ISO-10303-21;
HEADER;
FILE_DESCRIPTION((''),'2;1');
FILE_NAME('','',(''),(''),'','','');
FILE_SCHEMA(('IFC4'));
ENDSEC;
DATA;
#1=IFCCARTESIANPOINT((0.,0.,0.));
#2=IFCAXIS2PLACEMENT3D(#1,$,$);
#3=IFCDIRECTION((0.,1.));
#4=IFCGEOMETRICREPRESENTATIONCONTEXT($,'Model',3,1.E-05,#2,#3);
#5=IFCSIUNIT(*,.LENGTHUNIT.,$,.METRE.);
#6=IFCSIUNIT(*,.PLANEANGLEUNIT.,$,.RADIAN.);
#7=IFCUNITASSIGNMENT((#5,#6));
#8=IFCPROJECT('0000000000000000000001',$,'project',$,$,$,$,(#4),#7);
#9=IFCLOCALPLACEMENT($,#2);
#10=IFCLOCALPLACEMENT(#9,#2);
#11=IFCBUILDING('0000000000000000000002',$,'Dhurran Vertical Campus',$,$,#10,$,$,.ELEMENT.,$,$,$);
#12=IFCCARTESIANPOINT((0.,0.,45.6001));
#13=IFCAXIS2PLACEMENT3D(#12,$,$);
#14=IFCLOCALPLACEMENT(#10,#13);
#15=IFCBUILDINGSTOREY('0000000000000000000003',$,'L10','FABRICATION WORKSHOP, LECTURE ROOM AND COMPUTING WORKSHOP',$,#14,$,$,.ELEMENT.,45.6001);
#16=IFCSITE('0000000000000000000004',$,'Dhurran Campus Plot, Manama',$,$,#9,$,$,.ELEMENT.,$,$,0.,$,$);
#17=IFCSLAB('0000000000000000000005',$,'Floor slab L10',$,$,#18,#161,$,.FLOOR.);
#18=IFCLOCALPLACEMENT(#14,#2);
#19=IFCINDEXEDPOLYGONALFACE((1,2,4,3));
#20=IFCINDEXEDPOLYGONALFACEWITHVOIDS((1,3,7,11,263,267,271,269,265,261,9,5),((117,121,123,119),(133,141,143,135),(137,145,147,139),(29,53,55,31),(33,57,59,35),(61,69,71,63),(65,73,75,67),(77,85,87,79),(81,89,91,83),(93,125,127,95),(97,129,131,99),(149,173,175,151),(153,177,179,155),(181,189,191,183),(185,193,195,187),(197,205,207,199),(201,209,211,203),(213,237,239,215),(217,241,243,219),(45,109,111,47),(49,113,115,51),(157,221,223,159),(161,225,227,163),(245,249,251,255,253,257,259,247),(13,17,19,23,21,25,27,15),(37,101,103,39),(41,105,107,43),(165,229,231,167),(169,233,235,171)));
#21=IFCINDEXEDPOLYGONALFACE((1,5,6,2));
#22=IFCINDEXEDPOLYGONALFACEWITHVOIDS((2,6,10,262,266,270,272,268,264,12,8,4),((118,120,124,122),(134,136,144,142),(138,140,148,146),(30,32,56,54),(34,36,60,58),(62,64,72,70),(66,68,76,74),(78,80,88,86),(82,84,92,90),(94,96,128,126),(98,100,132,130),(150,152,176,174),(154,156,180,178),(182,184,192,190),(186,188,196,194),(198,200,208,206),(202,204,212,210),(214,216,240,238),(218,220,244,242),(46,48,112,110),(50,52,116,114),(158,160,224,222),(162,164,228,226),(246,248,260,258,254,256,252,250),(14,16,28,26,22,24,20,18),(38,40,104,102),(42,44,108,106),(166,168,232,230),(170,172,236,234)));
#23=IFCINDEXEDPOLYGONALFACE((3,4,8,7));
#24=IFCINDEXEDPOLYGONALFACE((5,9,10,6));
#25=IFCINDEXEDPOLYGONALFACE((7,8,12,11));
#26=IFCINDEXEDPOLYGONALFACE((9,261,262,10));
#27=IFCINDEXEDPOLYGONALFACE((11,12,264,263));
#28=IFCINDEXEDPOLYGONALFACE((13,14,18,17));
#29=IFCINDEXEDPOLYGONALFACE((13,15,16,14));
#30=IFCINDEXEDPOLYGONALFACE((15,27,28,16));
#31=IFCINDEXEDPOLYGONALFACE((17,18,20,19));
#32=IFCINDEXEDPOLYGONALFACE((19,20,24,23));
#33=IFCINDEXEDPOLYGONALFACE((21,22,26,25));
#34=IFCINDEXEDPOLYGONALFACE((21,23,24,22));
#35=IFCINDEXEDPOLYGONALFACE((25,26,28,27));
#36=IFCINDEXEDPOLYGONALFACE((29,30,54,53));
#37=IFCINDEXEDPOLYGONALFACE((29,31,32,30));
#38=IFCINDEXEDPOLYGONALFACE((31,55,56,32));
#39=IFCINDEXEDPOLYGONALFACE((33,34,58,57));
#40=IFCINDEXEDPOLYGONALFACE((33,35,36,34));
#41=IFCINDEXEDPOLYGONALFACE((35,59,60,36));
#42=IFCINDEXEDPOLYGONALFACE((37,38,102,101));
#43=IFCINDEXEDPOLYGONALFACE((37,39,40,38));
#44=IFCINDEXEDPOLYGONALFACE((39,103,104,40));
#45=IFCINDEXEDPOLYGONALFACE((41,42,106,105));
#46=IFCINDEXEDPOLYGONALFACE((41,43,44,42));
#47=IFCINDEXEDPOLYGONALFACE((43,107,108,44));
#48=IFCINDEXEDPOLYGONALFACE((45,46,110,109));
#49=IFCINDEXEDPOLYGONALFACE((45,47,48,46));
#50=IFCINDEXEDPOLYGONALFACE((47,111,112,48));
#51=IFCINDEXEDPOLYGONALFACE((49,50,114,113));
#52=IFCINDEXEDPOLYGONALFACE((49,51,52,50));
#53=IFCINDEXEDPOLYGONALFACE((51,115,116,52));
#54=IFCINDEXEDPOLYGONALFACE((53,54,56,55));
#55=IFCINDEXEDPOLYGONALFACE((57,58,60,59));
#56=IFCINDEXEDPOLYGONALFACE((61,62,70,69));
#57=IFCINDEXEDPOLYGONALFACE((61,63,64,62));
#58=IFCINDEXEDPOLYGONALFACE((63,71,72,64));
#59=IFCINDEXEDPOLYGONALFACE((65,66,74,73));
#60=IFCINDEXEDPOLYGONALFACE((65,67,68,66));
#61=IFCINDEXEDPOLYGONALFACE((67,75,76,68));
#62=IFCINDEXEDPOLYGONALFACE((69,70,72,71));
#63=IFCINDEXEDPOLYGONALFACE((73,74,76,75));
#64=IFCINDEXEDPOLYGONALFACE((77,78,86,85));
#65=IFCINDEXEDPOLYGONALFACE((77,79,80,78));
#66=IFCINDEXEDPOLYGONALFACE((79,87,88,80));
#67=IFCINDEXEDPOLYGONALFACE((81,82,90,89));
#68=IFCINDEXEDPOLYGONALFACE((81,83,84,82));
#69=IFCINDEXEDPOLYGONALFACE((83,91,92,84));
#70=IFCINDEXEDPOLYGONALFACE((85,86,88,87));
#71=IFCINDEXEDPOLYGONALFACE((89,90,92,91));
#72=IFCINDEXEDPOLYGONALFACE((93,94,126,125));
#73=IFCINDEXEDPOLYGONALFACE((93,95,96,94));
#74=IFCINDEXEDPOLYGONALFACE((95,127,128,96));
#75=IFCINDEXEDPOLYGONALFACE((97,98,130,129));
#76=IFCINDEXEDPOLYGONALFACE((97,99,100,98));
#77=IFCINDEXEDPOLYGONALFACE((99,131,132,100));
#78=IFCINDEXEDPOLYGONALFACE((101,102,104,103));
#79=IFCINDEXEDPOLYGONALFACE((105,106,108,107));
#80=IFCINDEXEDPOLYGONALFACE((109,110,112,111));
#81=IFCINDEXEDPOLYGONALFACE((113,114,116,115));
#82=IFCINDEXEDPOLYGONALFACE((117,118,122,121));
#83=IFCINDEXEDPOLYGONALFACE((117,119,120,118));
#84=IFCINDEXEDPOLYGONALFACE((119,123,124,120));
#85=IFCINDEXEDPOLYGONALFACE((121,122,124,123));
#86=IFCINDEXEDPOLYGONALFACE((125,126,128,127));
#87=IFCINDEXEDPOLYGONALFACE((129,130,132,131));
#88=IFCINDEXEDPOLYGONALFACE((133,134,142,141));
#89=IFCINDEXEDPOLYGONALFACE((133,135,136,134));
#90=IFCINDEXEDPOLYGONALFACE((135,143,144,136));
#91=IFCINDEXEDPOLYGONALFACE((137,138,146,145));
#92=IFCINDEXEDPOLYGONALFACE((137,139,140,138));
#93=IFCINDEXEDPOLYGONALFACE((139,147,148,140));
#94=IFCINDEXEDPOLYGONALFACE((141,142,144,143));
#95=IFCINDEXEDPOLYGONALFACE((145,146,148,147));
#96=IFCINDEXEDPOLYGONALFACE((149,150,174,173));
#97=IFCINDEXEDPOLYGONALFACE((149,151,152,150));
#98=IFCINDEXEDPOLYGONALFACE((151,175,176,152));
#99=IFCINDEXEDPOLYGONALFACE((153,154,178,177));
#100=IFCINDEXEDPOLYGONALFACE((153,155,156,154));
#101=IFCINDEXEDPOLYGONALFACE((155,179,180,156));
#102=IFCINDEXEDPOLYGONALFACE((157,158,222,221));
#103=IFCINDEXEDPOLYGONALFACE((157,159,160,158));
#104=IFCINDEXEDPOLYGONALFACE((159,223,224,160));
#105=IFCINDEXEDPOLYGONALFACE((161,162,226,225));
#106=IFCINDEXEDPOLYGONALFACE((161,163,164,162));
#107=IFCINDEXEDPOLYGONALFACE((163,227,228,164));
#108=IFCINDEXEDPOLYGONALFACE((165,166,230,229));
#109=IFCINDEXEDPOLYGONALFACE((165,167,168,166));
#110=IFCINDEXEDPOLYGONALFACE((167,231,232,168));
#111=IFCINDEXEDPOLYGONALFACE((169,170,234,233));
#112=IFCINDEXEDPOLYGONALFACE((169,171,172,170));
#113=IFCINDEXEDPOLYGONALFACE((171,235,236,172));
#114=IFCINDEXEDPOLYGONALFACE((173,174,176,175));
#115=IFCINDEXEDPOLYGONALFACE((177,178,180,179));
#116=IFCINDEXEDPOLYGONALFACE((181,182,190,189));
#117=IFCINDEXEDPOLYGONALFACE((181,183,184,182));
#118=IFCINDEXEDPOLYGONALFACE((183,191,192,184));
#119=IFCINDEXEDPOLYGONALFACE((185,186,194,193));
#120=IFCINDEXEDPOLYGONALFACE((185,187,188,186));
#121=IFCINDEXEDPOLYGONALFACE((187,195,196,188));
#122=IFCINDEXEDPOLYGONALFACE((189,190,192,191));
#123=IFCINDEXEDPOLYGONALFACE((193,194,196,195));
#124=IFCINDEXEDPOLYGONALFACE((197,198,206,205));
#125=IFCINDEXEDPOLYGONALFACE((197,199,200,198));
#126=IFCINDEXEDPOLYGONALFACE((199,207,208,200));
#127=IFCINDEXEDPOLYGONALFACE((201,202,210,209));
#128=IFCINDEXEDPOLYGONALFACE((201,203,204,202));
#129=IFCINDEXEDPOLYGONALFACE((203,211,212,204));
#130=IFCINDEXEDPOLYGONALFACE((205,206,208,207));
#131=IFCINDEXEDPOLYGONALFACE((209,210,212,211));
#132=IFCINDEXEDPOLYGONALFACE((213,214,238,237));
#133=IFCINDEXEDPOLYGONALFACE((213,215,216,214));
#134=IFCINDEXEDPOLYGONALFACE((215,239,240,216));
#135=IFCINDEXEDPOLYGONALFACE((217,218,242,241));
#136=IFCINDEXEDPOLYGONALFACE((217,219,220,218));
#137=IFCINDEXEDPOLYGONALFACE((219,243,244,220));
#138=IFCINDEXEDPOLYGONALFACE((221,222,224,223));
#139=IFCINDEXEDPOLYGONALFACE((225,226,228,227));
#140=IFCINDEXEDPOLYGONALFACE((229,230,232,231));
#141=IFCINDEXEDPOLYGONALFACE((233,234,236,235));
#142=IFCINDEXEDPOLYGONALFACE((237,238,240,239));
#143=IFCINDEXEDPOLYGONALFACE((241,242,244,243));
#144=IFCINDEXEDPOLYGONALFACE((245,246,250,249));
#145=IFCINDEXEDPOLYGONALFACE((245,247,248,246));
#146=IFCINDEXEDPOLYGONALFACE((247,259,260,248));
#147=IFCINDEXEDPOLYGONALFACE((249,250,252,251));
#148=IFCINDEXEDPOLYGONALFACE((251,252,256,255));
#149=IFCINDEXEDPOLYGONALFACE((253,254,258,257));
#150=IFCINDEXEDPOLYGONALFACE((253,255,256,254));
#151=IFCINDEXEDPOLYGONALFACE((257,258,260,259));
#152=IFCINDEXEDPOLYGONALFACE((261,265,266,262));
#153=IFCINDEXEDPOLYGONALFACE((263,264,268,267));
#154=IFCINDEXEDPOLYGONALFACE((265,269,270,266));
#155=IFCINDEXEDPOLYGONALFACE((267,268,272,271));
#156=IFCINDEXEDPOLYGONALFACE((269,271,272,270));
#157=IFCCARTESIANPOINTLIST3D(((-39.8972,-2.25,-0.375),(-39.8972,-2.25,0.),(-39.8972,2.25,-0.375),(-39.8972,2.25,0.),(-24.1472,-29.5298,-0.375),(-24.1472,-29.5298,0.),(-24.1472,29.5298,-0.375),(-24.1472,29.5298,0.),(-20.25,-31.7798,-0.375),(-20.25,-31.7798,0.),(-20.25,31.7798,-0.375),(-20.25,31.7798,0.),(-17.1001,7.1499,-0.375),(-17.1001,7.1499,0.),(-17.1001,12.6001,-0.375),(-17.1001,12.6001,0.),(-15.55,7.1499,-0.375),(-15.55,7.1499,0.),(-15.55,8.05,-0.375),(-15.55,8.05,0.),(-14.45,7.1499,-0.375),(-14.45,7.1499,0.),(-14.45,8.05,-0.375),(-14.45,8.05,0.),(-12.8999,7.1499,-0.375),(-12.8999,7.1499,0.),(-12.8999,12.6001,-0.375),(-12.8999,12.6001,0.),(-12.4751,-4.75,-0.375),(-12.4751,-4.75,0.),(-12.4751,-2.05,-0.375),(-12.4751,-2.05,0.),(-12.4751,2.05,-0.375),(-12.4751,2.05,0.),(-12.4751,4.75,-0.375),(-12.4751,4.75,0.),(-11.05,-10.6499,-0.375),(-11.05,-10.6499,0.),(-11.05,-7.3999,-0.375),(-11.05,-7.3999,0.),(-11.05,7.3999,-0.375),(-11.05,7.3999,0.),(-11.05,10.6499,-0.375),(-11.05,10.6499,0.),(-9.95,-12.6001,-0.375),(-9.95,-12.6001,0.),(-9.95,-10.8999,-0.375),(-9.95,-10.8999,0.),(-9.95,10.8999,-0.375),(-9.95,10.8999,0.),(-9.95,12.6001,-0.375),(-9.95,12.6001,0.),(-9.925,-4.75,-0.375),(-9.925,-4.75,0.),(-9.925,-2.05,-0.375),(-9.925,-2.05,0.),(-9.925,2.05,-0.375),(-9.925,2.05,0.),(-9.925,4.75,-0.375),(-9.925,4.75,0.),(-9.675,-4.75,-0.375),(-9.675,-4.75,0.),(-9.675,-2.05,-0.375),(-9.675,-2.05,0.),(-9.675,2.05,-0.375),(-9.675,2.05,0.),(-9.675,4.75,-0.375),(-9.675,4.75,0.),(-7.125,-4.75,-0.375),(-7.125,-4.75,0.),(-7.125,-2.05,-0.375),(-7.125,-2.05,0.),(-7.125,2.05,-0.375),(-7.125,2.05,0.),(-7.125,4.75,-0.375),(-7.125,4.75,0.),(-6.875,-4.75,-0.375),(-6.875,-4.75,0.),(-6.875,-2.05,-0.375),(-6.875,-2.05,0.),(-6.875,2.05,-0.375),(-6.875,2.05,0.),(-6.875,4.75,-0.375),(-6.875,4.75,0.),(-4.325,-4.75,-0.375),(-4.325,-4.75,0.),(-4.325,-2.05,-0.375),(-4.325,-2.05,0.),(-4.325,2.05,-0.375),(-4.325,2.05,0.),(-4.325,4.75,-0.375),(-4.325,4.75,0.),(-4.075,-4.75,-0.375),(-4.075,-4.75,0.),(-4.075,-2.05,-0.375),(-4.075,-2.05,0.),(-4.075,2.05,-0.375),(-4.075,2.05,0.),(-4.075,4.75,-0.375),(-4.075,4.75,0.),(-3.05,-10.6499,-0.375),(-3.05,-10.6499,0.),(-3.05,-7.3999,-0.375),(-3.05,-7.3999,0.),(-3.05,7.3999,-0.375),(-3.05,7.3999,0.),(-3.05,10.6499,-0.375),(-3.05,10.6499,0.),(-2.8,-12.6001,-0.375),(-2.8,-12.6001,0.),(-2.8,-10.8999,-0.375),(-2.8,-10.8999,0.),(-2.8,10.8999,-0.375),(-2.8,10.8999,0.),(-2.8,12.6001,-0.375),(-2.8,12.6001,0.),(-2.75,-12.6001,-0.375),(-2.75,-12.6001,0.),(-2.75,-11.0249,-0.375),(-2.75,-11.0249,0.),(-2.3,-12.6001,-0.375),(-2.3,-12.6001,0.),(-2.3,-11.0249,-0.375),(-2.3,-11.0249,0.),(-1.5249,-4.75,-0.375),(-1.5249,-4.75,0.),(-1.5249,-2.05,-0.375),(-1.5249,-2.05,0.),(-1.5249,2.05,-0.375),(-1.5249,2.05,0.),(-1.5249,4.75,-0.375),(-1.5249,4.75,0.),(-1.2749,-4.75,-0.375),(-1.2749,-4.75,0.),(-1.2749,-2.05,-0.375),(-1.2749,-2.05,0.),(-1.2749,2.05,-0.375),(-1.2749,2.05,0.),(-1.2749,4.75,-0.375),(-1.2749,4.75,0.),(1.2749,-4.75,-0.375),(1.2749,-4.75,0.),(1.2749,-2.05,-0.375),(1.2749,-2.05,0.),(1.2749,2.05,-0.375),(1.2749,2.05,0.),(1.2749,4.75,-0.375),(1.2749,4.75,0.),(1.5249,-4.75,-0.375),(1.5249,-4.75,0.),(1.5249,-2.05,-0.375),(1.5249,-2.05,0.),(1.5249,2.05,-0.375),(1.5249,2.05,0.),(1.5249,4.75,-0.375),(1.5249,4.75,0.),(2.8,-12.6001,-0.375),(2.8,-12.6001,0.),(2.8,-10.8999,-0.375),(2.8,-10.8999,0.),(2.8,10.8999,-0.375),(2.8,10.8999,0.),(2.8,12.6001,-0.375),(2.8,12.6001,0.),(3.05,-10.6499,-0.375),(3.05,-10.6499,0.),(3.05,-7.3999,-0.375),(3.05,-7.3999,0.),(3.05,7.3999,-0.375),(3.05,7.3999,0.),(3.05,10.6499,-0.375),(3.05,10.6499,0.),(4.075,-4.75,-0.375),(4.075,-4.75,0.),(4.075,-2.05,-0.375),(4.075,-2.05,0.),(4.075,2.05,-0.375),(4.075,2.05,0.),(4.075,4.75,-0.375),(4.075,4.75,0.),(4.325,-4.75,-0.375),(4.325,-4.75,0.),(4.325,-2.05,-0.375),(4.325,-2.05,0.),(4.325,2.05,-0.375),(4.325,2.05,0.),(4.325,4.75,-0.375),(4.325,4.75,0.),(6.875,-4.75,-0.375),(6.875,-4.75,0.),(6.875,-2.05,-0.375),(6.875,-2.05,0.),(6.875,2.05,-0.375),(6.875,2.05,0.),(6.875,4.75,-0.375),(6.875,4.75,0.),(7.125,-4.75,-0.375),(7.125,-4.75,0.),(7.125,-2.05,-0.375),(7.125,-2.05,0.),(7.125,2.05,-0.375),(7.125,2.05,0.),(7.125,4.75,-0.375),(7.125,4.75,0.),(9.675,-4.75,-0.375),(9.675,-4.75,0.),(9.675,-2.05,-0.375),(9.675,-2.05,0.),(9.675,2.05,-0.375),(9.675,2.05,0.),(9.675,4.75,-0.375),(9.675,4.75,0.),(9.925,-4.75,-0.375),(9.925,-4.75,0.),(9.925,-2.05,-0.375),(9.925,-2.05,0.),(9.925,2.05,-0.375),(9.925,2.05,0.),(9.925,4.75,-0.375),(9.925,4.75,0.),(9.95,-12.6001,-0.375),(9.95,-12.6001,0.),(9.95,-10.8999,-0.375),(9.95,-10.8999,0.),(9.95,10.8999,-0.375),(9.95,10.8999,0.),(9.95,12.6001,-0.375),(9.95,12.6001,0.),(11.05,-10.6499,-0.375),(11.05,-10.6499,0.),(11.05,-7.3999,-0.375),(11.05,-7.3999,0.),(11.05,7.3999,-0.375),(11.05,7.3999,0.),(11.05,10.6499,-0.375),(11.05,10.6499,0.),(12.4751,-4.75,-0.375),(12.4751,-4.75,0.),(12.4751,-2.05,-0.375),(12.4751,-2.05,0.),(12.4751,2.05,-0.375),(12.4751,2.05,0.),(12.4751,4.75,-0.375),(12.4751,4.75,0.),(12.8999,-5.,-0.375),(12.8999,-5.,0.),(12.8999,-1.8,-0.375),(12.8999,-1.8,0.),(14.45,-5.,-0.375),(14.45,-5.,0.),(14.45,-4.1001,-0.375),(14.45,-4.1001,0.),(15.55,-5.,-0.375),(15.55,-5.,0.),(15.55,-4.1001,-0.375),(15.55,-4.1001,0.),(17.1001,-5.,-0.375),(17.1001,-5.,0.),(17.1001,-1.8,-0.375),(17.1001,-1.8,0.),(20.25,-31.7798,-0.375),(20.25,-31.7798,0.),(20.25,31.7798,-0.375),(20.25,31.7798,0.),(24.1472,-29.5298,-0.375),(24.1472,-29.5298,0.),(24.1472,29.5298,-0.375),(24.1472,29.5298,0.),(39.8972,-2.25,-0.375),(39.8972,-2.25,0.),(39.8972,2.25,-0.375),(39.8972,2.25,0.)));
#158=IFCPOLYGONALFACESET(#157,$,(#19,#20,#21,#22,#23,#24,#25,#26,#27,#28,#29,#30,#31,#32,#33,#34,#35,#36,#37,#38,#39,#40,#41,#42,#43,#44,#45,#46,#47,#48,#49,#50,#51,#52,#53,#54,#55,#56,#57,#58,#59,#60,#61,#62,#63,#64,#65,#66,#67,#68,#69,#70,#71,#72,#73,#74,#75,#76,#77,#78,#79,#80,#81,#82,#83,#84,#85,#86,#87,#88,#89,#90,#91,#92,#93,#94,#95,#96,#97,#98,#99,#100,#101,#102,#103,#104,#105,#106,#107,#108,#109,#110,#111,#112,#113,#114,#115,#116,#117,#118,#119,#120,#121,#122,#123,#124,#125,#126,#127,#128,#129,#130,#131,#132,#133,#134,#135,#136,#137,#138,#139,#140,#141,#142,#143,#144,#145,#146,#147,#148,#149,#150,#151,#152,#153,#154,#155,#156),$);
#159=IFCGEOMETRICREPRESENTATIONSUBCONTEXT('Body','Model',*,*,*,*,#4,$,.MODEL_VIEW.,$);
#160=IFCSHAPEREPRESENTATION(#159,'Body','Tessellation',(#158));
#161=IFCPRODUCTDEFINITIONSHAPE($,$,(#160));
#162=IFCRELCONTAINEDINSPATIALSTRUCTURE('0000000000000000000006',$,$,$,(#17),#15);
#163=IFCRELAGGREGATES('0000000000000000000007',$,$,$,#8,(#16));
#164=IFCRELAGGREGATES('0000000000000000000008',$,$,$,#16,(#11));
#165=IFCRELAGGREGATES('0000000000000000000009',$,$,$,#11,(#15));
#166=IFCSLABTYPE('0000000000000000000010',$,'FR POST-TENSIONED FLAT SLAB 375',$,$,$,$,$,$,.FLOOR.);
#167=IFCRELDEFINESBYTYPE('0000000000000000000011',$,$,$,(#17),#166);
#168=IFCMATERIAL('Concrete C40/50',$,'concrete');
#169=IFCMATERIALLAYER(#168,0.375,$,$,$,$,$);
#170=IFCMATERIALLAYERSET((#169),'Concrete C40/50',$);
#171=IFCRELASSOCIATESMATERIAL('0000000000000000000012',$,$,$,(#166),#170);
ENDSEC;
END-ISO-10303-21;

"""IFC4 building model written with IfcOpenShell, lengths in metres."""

from ifc_helpers import new_model, si_unit, direction, frame, origin, place, context, subcontext, project, spatial, polyline, outline, extrude, material, layer, layer_set, type_object, element, save


model = new_model("IFC4")

# Units and contexts
model_context = context("Model", 3, precision=1e-05, world=origin(), true_north=direction((0.0, 1.0)))
body_context = subcontext(model_context, "Body", "Model", "MODEL_VIEW")
ifc_project = project(units=[si_unit("LENGTHUNIT", "METRE"), si_unit("PLANEANGLEUNIT", "RADIAN")], contexts=[model_context])

# Site, building, storey
site_placement = place(None, origin())
site = spatial("IfcSite", under=ifc_project, at=site_placement, Name="Dhurran Campus Plot, Manama", CompositionType="ELEMENT", RefElevation=0.0)
building_placement = place(site_placement, origin())
building = spatial("IfcBuilding", under=site, at=building_placement, Name="Dhurran Vertical Campus", CompositionType="ELEMENT")
storey_placement = place(building_placement, frame((0.0, 0.0, 45.6001)))
storey = spatial("IfcBuildingStorey", under=building, at=storey_placement, Name="L10", Description="FABRICATION WORKSHOP, LECTURE ROOM AND COMPUTING WORKSHOP", CompositionType="ELEMENT", Elevation=45.6001)

# Slab
ifc_material_1 = material(Name="Concrete C40/50", Category="concrete")
ifc_layer_1 = layer(ifc_material_1, 0.375)
ifc_layer_set_1 = layer_set([ifc_layer_1], Name="Concrete C40/50")
slab_type = type_object("IfcSlabType", Name="FR POST-TENSIONED FLAT SLAB 375", PredefinedType="FLOOR", material=ifc_layer_set_1)
slab_placement = place(storey_placement, frame((0.0, 0.0, -0.375)))
element("IfcSlab", 1, at=slab_placement, inside=storey, type_object=slab_type, Name="Floor slab L10", PredefinedType="FLOOR", context=body_context, shape_type="SweptSolid", body=[
    extrude(outline(polyline([(-20.25, -31.7798), (20.25, -31.7798), (24.1472, -29.5298), (39.8972, -2.25), (39.8972, 2.25), (24.1472, 29.5298), (20.25, 31.7798), (-20.25, 31.7798), (-24.1472, 29.5298), (-39.8972, 2.25), (-39.8972, -2.25), (-24.1472, -29.5298), (-20.25, -31.7798)]), holes=[polyline([(-12.4751, 2.05), (-9.925, 2.05), (-9.925, 4.75), (-12.4751, 4.75), (-12.4751, 2.05)]), polyline([(-9.675, 2.05), (-7.125, 2.05), (-7.125, 4.75), (-9.675, 4.75), (-9.675, 2.05)]), polyline([(-6.875, 2.05), (-4.325, 2.05), (-4.325, 4.75), (-6.875, 4.75), (-6.875, 2.05)]), polyline([(-1.2749, 2.05), (1.2749, 2.05), (1.2749, 4.75), (-1.2749, 4.75), (-1.2749, 2.05)]), polyline([(9.925, 2.05), (12.4751, 2.05), (12.4751, 4.75), (9.925, 4.75), (9.925, 2.05)]), polyline([(-1.2749, -4.75), (1.2749, -4.75), (1.2749, -2.05), (-1.2749, -2.05), (-1.2749, -4.75)]), polyline([(1.5249, -4.75), (4.075, -4.75), (4.075, -2.05), (1.5249, -2.05), (1.5249, -4.75)]), polyline([(4.325, -4.75), (6.875, -4.75), (6.875, -2.05), (4.325, -2.05), (4.325, -4.75)]), polyline([(7.125, -4.75), (9.675, -4.75), (9.675, -2.05), (7.125, -2.05), (7.125, -4.75)]), polyline([(9.925, -4.75), (12.4751, -4.75), (12.4751, -2.05), (9.925, -2.05), (9.925, -4.75)]), polyline([(-4.075, 2.05), (-1.5249, 2.05), (-1.5249, 4.75), (-4.075, 4.75), (-4.075, 2.05)]), polyline([(1.5249, 2.05), (4.075, 2.05), (4.075, 4.75), (1.5249, 4.75), (1.5249, 2.05)]), polyline([(4.325, 2.05), (6.875, 2.05), (6.875, 4.75), (4.325, 4.75), (4.325, 2.05)]), polyline([(7.125, 2.05), (9.675, 2.05), (9.675, 4.75), (7.125, 4.75), (7.125, 2.05)]), polyline([(-12.4751, -4.75), (-9.925, -4.75), (-9.925, -2.05), (-12.4751, -2.05), (-12.4751, -4.75)]), polyline([(-9.675, -4.75), (-7.125, -4.75), (-7.125, -2.05), (-9.675, -2.05), (-9.675, -4.75)]), polyline([(-6.875, -4.75), (-4.325, -4.75), (-4.325, -2.05), (-6.875, -2.05), (-6.875, -4.75)]), polyline([(-4.075, -4.75), (-1.5249, -4.75), (-1.5249, -2.05), (-4.075, -2.05), (-4.075, -4.75)]), polyline([(-11.05, 7.3999), (-3.05, 7.3999), (-3.05, 10.6499), (-11.05, 10.6499), (-11.05, 7.3999)]), polyline([(3.05, 7.3999), (11.05, 7.3999), (11.05, 10.6499), (3.05, 10.6499), (3.05, 7.3999)]), polyline([(-11.05, -10.6499), (-3.05, -10.6499), (-3.05, -7.3999), (-11.05, -7.3999), (-11.05, -10.6499)]), polyline([(3.05, -10.6499), (11.05, -10.6499), (11.05, -7.3999), (3.05, -7.3999), (3.05, -10.6499)]), polyline([(-9.95, 10.8999), (-9.95, 12.6001), (-2.8, 12.6001), (-2.8, 10.8999), (-9.95, 10.8999)]), polyline([(9.95, 12.6001), (9.95, 10.8999), (2.8, 10.8999), (2.8, 12.6001), (9.95, 12.6001)]), polyline([(-9.95, -12.6001), (-9.95, -10.8999), (-2.8, -10.8999), (-2.8, -12.6001), (-9.95, -12.6001)]), polyline([(9.95, -10.8999), (9.95, -12.6001), (2.8, -12.6001), (2.8, -10.8999), (9.95, -10.8999)]), polyline([(-12.8999, 12.6001), (-12.8999, 7.1499), (-14.45, 7.1499), (-14.45, 8.05), (-15.55, 8.05), (-15.55, 7.1499), (-17.1001, 7.1499), (-17.1001, 12.6001), (-12.8999, 12.6001)]), polyline([(-2.3, -11.0249), (-2.3, -12.6001), (-2.75, -12.6001), (-2.75, -11.0249), (-2.3, -11.0249)]), polyline([(17.1001, -1.8), (17.1001, -5.0), (15.55, -5.0), (15.55, -4.1001), (14.45, -4.1001), (14.45, -5.0), (12.8999, -5.0), (12.8999, -1.8), (17.1001, -1.8)])]), origin(), (0.0, 0.0, 1.0), 0.375),
])

save(model, "model.ifc")
